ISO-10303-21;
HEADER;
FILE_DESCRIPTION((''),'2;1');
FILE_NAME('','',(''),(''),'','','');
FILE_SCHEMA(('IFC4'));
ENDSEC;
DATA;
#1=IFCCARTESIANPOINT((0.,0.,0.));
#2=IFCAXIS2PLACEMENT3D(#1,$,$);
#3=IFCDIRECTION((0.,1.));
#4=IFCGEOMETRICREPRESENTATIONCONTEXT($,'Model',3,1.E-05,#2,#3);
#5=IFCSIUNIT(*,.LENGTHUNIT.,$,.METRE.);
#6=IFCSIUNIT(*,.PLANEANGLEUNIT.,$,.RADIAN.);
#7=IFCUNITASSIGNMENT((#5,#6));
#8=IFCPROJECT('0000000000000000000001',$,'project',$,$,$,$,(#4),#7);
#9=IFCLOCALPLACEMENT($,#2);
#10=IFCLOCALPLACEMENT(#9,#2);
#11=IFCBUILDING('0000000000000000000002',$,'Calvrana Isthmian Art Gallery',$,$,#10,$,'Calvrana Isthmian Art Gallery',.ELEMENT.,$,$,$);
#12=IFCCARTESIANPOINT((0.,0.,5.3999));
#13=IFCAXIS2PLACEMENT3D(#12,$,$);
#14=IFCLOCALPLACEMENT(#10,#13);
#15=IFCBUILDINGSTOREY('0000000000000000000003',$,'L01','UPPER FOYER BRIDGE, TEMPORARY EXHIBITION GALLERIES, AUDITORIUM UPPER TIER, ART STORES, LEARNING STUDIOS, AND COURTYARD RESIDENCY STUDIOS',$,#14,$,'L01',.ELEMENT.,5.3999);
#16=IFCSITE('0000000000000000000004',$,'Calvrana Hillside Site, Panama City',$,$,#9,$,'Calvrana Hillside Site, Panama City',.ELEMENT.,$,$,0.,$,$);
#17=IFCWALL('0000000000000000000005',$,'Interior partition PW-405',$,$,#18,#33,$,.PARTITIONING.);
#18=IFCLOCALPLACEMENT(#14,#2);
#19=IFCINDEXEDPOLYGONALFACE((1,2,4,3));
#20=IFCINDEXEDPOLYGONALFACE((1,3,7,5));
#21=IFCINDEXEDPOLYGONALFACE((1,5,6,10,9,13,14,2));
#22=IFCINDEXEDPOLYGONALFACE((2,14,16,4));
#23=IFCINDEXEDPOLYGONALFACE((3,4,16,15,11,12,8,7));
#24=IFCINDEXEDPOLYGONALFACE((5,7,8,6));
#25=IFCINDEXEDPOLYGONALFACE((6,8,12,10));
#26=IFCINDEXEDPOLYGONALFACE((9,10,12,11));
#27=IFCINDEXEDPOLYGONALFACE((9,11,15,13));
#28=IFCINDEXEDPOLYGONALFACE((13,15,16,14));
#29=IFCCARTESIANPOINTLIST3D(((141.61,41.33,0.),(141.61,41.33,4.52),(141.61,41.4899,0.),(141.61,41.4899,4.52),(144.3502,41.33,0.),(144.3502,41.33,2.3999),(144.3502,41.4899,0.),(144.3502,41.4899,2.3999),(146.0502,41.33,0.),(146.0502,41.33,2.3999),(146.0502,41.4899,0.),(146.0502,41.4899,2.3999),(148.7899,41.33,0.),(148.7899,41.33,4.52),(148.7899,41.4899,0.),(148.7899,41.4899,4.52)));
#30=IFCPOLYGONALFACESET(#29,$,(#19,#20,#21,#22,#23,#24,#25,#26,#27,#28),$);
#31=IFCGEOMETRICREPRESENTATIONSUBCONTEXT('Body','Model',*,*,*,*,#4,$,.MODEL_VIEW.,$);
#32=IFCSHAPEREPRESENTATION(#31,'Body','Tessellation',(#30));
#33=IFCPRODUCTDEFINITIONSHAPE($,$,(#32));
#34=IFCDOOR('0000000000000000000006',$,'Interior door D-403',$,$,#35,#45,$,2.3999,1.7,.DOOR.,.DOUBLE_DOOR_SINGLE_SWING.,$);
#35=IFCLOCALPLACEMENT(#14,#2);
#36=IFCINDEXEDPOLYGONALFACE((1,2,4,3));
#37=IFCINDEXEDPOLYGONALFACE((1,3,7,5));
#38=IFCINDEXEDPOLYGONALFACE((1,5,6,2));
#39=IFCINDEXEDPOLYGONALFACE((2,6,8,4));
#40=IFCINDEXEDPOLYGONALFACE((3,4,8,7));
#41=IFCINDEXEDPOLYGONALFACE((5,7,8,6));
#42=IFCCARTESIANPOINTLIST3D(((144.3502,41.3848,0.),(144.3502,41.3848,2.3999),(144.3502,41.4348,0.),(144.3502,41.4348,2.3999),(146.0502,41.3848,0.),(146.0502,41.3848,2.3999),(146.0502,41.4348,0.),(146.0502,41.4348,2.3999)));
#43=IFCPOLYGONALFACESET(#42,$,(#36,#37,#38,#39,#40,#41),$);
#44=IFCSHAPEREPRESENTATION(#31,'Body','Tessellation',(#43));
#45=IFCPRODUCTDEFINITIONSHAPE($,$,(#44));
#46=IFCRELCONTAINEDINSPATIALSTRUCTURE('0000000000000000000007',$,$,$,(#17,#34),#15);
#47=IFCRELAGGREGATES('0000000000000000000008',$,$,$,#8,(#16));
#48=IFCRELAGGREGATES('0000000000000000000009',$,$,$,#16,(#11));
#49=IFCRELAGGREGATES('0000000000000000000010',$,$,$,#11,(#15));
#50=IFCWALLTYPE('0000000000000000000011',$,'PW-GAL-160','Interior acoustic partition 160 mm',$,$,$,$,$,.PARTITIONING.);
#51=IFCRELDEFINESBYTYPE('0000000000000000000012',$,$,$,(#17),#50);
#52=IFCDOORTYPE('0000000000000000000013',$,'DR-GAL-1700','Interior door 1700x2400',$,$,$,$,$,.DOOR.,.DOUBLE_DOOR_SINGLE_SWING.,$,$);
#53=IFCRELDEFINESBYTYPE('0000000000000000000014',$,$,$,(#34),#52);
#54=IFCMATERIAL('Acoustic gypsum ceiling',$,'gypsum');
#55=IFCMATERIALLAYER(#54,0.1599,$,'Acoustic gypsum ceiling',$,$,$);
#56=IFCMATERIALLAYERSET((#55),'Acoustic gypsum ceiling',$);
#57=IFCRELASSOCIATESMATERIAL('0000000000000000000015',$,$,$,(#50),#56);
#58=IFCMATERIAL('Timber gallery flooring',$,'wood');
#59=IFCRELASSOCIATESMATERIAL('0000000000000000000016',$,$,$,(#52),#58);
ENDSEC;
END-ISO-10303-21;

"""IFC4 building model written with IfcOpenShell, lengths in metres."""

from ifc_helpers import new_model, si_unit, direction, frame, frame_2d, origin, place, context, subcontext, project, spatial, rectangle, extrude, material, layer, layer_set, type_object, element, fill, save


model = new_model("IFC4")

# Units and contexts
model_context = context("Model", 3, precision=1e-05, world=origin(), true_north=direction((0.0, 1.0)))
body_context = subcontext(model_context, "Body", "Model", "MODEL_VIEW")
ifc_project = project(units=[si_unit("LENGTHUNIT", "METRE"), si_unit("PLANEANGLEUNIT", "RADIAN")], contexts=[model_context])

# Site, building, storey
site_placement = place(None, origin())
site = spatial("IfcSite", under=ifc_project, at=site_placement, Name="Calvrana Hillside Site, Panama City", LongName="Calvrana Hillside Site, Panama City", CompositionType="ELEMENT", RefElevation=0.0)
building_placement = place(site_placement, origin())
building = spatial("IfcBuilding", under=site, at=building_placement, Name="Calvrana Isthmian Art Gallery", LongName="Calvrana Isthmian Art Gallery", CompositionType="ELEMENT")
storey_placement = place(building_placement, frame((0.0, 0.0, 5.3999)))
storey = spatial("IfcBuildingStorey", under=building, at=storey_placement, Name="L01", Description="UPPER FOYER BRIDGE, TEMPORARY EXHIBITION GALLERIES, AUDITORIUM UPPER TIER, ART STORES, LEARNING STUDIOS, AND COURTYARD RESIDENCY STUDIOS", LongName="L01", CompositionType="ELEMENT", Elevation=5.3999)

# Shared definitions
ifc_material_1 = material(Name="Acoustic gypsum ceiling", Category="gypsum")
ifc_layer_1 = layer(ifc_material_1, 0.1599, Name="Acoustic gypsum ceiling")
ifc_layer_set_1 = layer_set([ifc_layer_1], Name="Acoustic gypsum ceiling")
wall_type = type_object("IfcWallType", Name="PW-GAL-160", Description="Interior acoustic partition 160 mm", PredefinedType="PARTITIONING", material=ifc_layer_set_1)

# Shared definitions
ifc_material_2 = material(Name="Timber gallery flooring", Category="wood")

# Shared definitions
door_type_1 = type_object("IfcDoorType", Name="DR-GAL-1700", Description="Interior door 1700x2400", OperationType="DOUBLE_DOOR_SINGLE_SWING", PredefinedType="DOOR", material=ifc_material_2)

# Wall, opening, door
wall_1_placement = place(storey_placement, frame((141.6101, 41.4099, 0.0), z_axis=(0.0, 0.0, 1.0), x_axis=(1.0, 0.0, 0.0)))
wall_1 = element("IfcWall", 1, at=wall_1_placement, inside=storey, type_object=wall_type, Name="Interior partition PW-405", PredefinedType="PARTITIONING", context=body_context, shape_type="SweptSolid", body=[
    extrude(rectangle(XDim=7.1799, YDim=0.1599, at=frame_2d((3.5898, 0.0))), origin(), (0.0, 0.0, 1.0), 4.52),
])
opening_1_placement = place(wall_1_placement, frame((2.74, 0.0, 0.0)))
opening_1 = element("IfcOpeningElement", 2, at=opening_1_placement, cuts=wall_1, PredefinedType="OPENING", context=body_context, shape_type="SweptSolid", body=[
    extrude(rectangle(XDim=1.7, YDim=2.3999, at=frame_2d((0.8501, 1.2))), frame((0.0, 0.0903, 0.0), z_axis=(0.0, -1.0, 0.0), x_axis=(1.0, 0.0, 0.0)), (0.0, 0.0, 1.0), 0.1804),
])
door_1_placement = place(opening_1_placement, origin())
door_1 = element("IfcDoor", 3, at=door_1_placement, inside=storey, type_object=door_type_1, Name="Interior door D-403", OperationType="DOUBLE_DOOR_SINGLE_SWING", OverallHeight=2.3999, OverallWidth=1.7, PredefinedType="DOOR", context=body_context, shape_type="SweptSolid", body=[
    extrude(rectangle(XDim=1.7, YDim=2.3999, at=frame_2d((0.8501, 1.2))), frame((0.0, 0.0249, 0.0), z_axis=(0.0, -1.0, 0.0), x_axis=(1.0, 0.0, 0.0)), (0.0, 0.0, 1.0), 0.05),
])
fill(opening_1, door_1)

save(model, "model.ifc")
